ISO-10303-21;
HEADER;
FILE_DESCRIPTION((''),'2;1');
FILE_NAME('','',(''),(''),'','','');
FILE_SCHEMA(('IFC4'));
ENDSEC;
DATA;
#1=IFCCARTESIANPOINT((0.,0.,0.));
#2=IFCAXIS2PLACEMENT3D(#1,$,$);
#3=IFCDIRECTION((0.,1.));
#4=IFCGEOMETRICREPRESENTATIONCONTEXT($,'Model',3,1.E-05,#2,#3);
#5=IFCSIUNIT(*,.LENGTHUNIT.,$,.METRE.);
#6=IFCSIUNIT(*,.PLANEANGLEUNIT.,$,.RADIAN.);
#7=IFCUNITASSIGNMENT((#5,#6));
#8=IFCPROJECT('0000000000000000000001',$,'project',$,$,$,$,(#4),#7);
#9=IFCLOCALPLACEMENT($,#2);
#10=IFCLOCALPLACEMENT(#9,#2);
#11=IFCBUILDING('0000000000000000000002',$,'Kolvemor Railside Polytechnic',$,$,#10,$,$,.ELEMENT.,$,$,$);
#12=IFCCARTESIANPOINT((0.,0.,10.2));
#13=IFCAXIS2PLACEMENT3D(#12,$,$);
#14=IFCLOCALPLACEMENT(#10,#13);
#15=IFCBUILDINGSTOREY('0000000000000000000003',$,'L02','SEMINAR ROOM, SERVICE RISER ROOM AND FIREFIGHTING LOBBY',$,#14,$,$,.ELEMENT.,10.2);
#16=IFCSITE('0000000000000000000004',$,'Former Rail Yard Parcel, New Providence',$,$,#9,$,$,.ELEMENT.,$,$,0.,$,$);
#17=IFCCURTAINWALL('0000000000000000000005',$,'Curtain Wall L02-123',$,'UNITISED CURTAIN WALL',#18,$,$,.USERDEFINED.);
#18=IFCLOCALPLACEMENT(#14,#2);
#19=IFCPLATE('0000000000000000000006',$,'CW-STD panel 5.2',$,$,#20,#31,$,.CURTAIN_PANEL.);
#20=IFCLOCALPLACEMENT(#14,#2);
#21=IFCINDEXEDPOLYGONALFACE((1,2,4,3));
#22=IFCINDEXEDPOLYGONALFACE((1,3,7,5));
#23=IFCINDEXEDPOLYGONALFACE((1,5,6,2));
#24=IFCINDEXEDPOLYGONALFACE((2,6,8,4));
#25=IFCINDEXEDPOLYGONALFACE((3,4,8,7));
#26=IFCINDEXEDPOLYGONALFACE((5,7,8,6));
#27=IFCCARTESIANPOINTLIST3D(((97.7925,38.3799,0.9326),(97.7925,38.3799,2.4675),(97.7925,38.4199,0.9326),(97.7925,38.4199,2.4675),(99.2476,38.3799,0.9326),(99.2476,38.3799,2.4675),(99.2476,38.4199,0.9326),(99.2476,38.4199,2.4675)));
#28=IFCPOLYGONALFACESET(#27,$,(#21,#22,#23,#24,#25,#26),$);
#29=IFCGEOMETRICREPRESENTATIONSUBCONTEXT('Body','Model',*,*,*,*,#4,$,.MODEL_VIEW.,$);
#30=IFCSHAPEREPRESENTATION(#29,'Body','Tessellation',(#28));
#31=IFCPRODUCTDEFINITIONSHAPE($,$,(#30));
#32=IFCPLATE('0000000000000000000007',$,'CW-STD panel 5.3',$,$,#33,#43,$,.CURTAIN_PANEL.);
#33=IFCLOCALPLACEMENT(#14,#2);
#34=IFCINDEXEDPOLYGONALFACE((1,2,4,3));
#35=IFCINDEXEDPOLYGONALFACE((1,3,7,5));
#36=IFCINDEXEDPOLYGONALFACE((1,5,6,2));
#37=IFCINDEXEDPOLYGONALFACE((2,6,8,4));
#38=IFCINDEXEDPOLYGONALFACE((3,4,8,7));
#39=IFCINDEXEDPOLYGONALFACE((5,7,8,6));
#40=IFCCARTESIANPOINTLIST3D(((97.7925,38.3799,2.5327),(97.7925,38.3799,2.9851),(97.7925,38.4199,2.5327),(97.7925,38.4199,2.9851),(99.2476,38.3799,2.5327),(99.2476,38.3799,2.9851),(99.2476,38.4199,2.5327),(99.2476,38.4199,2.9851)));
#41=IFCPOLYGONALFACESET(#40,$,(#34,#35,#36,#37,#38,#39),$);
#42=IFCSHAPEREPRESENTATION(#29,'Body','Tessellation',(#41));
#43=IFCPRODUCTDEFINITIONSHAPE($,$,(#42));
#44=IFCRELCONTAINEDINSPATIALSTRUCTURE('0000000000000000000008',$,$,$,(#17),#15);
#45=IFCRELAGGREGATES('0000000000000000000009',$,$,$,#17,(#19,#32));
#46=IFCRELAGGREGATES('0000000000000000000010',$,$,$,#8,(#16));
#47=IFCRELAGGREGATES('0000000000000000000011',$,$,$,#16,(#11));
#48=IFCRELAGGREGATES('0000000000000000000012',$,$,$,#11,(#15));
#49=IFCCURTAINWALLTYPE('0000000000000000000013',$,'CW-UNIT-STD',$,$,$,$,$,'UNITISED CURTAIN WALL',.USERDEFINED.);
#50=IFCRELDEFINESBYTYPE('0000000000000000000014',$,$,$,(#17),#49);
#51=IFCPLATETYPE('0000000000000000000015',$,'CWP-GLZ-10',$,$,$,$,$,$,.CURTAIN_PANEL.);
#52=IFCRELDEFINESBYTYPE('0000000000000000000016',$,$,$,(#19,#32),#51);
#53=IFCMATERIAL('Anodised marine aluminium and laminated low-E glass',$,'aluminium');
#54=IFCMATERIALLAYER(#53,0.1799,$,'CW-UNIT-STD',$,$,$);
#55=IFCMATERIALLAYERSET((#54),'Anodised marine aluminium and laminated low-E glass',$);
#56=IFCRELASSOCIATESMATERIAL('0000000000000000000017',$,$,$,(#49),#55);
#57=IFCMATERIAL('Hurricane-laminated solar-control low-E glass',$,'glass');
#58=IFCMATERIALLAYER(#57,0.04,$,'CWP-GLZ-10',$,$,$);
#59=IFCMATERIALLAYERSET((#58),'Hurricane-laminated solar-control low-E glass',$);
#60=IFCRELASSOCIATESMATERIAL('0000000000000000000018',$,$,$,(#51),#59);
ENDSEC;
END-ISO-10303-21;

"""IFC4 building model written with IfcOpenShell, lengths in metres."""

from ifc_helpers import new_model, si_unit, direction, frame, origin, origin_2d, place, context, subcontext, project, spatial, rectangle, extrude, material, layer, layer_set, type_object, element, aggregate, save


model = new_model("IFC4")

# Units and contexts
model_context = context("Model", 3, precision=1e-05, world=origin(), true_north=direction((0.0, 1.0)))
body_context = subcontext(model_context, "Body", "Model", "MODEL_VIEW")
ifc_project = project(units=[si_unit("LENGTHUNIT", "METRE"), si_unit("PLANEANGLEUNIT", "RADIAN")], contexts=[model_context])

# Site, building, storey
site_placement = place(None, origin())
site = spatial("IfcSite", under=ifc_project, at=site_placement, Name="Former Rail Yard Parcel, New Providence", CompositionType="ELEMENT", RefElevation=0.0)
building_placement = place(site_placement, origin())
building = spatial("IfcBuilding", under=site, at=building_placement, Name="Kolvemor Railside Polytechnic", CompositionType="ELEMENT")
storey_placement = place(building_placement, frame((0.0, 0.0, 10.2)))
storey = spatial("IfcBuildingStorey", under=building, at=storey_placement, Name="L02", Description="SEMINAR ROOM, SERVICE RISER ROOM AND FIREFIGHTING LOBBY", CompositionType="ELEMENT", Elevation=10.2)

# Curtain wall, plates
ifc_material_1 = material(Name="Anodised marine aluminium and laminated low-E glass", Category="aluminium")
ifc_layer_1 = layer(ifc_material_1, 0.1799, Name="CW-UNIT-STD")
ifc_layer_set_1 = layer_set([ifc_layer_1], Name="Anodised marine aluminium and laminated low-E glass")
curtain_wall_type = type_object("IfcCurtainWallType", Name="CW-UNIT-STD", ElementType="UNITISED CURTAIN WALL", PredefinedType="USERDEFINED", material=ifc_layer_set_1)
curtain_wall_placement = place(storey_placement, origin())
curtain_wall = element("IfcCurtainWall", 1, at=curtain_wall_placement, inside=storey, type_object=curtain_wall_type, Name="Curtain Wall L02-123", ObjectType="UNITISED CURTAIN WALL", PredefinedType="USERDEFINED")
ifc_material_2 = material(Name="Hurricane-laminated solar-control low-E glass", Category="glass")
ifc_layer_2 = layer(ifc_material_2, 0.04, Name="CWP-GLZ-10")
ifc_layer_set_2 = layer_set([ifc_layer_2], Name="Hurricane-laminated solar-control low-E glass")
plate_type = type_object("IfcPlateType", Name="CWP-GLZ-10", PredefinedType="CURTAIN_PANEL", material=ifc_layer_set_2)
plate_1_placement = place(storey_placement, frame((98.52, 38.3999, 0.9326), z_axis=(0.0, 0.0, 1.0), x_axis=(-1.0, 0.0, 0.0)))
plate_1 = element("IfcPlate", 2, at=plate_1_placement, type_object=plate_type, Name="CW-STD panel 5.2", PredefinedType="CURTAIN_PANEL", context=body_context, shape_type="SweptSolid", body=[
    extrude(rectangle(XDim=1.4551, YDim=0.04, at=origin_2d()), origin(), (0.0, 0.0, 1.0), 1.5349),
])
plate_2_placement = place(storey_placement, frame((98.52, 38.3999, 2.5327), z_axis=(0.0, 0.0, 1.0), x_axis=(-1.0, 0.0, 0.0)))
plate_2 = element("IfcPlate", 3, at=plate_2_placement, type_object=plate_type, Name="CW-STD panel 5.3", PredefinedType="CURTAIN_PANEL", context=body_context, shape_type="SweptSolid", body=[
    extrude(rectangle(XDim=1.4551, YDim=0.04, at=origin_2d()), origin(), (0.0, 0.0, 1.0), 0.4524),
])
aggregate(curtain_wall, [plate_1, plate_2])

save(model, "model.ifc")
